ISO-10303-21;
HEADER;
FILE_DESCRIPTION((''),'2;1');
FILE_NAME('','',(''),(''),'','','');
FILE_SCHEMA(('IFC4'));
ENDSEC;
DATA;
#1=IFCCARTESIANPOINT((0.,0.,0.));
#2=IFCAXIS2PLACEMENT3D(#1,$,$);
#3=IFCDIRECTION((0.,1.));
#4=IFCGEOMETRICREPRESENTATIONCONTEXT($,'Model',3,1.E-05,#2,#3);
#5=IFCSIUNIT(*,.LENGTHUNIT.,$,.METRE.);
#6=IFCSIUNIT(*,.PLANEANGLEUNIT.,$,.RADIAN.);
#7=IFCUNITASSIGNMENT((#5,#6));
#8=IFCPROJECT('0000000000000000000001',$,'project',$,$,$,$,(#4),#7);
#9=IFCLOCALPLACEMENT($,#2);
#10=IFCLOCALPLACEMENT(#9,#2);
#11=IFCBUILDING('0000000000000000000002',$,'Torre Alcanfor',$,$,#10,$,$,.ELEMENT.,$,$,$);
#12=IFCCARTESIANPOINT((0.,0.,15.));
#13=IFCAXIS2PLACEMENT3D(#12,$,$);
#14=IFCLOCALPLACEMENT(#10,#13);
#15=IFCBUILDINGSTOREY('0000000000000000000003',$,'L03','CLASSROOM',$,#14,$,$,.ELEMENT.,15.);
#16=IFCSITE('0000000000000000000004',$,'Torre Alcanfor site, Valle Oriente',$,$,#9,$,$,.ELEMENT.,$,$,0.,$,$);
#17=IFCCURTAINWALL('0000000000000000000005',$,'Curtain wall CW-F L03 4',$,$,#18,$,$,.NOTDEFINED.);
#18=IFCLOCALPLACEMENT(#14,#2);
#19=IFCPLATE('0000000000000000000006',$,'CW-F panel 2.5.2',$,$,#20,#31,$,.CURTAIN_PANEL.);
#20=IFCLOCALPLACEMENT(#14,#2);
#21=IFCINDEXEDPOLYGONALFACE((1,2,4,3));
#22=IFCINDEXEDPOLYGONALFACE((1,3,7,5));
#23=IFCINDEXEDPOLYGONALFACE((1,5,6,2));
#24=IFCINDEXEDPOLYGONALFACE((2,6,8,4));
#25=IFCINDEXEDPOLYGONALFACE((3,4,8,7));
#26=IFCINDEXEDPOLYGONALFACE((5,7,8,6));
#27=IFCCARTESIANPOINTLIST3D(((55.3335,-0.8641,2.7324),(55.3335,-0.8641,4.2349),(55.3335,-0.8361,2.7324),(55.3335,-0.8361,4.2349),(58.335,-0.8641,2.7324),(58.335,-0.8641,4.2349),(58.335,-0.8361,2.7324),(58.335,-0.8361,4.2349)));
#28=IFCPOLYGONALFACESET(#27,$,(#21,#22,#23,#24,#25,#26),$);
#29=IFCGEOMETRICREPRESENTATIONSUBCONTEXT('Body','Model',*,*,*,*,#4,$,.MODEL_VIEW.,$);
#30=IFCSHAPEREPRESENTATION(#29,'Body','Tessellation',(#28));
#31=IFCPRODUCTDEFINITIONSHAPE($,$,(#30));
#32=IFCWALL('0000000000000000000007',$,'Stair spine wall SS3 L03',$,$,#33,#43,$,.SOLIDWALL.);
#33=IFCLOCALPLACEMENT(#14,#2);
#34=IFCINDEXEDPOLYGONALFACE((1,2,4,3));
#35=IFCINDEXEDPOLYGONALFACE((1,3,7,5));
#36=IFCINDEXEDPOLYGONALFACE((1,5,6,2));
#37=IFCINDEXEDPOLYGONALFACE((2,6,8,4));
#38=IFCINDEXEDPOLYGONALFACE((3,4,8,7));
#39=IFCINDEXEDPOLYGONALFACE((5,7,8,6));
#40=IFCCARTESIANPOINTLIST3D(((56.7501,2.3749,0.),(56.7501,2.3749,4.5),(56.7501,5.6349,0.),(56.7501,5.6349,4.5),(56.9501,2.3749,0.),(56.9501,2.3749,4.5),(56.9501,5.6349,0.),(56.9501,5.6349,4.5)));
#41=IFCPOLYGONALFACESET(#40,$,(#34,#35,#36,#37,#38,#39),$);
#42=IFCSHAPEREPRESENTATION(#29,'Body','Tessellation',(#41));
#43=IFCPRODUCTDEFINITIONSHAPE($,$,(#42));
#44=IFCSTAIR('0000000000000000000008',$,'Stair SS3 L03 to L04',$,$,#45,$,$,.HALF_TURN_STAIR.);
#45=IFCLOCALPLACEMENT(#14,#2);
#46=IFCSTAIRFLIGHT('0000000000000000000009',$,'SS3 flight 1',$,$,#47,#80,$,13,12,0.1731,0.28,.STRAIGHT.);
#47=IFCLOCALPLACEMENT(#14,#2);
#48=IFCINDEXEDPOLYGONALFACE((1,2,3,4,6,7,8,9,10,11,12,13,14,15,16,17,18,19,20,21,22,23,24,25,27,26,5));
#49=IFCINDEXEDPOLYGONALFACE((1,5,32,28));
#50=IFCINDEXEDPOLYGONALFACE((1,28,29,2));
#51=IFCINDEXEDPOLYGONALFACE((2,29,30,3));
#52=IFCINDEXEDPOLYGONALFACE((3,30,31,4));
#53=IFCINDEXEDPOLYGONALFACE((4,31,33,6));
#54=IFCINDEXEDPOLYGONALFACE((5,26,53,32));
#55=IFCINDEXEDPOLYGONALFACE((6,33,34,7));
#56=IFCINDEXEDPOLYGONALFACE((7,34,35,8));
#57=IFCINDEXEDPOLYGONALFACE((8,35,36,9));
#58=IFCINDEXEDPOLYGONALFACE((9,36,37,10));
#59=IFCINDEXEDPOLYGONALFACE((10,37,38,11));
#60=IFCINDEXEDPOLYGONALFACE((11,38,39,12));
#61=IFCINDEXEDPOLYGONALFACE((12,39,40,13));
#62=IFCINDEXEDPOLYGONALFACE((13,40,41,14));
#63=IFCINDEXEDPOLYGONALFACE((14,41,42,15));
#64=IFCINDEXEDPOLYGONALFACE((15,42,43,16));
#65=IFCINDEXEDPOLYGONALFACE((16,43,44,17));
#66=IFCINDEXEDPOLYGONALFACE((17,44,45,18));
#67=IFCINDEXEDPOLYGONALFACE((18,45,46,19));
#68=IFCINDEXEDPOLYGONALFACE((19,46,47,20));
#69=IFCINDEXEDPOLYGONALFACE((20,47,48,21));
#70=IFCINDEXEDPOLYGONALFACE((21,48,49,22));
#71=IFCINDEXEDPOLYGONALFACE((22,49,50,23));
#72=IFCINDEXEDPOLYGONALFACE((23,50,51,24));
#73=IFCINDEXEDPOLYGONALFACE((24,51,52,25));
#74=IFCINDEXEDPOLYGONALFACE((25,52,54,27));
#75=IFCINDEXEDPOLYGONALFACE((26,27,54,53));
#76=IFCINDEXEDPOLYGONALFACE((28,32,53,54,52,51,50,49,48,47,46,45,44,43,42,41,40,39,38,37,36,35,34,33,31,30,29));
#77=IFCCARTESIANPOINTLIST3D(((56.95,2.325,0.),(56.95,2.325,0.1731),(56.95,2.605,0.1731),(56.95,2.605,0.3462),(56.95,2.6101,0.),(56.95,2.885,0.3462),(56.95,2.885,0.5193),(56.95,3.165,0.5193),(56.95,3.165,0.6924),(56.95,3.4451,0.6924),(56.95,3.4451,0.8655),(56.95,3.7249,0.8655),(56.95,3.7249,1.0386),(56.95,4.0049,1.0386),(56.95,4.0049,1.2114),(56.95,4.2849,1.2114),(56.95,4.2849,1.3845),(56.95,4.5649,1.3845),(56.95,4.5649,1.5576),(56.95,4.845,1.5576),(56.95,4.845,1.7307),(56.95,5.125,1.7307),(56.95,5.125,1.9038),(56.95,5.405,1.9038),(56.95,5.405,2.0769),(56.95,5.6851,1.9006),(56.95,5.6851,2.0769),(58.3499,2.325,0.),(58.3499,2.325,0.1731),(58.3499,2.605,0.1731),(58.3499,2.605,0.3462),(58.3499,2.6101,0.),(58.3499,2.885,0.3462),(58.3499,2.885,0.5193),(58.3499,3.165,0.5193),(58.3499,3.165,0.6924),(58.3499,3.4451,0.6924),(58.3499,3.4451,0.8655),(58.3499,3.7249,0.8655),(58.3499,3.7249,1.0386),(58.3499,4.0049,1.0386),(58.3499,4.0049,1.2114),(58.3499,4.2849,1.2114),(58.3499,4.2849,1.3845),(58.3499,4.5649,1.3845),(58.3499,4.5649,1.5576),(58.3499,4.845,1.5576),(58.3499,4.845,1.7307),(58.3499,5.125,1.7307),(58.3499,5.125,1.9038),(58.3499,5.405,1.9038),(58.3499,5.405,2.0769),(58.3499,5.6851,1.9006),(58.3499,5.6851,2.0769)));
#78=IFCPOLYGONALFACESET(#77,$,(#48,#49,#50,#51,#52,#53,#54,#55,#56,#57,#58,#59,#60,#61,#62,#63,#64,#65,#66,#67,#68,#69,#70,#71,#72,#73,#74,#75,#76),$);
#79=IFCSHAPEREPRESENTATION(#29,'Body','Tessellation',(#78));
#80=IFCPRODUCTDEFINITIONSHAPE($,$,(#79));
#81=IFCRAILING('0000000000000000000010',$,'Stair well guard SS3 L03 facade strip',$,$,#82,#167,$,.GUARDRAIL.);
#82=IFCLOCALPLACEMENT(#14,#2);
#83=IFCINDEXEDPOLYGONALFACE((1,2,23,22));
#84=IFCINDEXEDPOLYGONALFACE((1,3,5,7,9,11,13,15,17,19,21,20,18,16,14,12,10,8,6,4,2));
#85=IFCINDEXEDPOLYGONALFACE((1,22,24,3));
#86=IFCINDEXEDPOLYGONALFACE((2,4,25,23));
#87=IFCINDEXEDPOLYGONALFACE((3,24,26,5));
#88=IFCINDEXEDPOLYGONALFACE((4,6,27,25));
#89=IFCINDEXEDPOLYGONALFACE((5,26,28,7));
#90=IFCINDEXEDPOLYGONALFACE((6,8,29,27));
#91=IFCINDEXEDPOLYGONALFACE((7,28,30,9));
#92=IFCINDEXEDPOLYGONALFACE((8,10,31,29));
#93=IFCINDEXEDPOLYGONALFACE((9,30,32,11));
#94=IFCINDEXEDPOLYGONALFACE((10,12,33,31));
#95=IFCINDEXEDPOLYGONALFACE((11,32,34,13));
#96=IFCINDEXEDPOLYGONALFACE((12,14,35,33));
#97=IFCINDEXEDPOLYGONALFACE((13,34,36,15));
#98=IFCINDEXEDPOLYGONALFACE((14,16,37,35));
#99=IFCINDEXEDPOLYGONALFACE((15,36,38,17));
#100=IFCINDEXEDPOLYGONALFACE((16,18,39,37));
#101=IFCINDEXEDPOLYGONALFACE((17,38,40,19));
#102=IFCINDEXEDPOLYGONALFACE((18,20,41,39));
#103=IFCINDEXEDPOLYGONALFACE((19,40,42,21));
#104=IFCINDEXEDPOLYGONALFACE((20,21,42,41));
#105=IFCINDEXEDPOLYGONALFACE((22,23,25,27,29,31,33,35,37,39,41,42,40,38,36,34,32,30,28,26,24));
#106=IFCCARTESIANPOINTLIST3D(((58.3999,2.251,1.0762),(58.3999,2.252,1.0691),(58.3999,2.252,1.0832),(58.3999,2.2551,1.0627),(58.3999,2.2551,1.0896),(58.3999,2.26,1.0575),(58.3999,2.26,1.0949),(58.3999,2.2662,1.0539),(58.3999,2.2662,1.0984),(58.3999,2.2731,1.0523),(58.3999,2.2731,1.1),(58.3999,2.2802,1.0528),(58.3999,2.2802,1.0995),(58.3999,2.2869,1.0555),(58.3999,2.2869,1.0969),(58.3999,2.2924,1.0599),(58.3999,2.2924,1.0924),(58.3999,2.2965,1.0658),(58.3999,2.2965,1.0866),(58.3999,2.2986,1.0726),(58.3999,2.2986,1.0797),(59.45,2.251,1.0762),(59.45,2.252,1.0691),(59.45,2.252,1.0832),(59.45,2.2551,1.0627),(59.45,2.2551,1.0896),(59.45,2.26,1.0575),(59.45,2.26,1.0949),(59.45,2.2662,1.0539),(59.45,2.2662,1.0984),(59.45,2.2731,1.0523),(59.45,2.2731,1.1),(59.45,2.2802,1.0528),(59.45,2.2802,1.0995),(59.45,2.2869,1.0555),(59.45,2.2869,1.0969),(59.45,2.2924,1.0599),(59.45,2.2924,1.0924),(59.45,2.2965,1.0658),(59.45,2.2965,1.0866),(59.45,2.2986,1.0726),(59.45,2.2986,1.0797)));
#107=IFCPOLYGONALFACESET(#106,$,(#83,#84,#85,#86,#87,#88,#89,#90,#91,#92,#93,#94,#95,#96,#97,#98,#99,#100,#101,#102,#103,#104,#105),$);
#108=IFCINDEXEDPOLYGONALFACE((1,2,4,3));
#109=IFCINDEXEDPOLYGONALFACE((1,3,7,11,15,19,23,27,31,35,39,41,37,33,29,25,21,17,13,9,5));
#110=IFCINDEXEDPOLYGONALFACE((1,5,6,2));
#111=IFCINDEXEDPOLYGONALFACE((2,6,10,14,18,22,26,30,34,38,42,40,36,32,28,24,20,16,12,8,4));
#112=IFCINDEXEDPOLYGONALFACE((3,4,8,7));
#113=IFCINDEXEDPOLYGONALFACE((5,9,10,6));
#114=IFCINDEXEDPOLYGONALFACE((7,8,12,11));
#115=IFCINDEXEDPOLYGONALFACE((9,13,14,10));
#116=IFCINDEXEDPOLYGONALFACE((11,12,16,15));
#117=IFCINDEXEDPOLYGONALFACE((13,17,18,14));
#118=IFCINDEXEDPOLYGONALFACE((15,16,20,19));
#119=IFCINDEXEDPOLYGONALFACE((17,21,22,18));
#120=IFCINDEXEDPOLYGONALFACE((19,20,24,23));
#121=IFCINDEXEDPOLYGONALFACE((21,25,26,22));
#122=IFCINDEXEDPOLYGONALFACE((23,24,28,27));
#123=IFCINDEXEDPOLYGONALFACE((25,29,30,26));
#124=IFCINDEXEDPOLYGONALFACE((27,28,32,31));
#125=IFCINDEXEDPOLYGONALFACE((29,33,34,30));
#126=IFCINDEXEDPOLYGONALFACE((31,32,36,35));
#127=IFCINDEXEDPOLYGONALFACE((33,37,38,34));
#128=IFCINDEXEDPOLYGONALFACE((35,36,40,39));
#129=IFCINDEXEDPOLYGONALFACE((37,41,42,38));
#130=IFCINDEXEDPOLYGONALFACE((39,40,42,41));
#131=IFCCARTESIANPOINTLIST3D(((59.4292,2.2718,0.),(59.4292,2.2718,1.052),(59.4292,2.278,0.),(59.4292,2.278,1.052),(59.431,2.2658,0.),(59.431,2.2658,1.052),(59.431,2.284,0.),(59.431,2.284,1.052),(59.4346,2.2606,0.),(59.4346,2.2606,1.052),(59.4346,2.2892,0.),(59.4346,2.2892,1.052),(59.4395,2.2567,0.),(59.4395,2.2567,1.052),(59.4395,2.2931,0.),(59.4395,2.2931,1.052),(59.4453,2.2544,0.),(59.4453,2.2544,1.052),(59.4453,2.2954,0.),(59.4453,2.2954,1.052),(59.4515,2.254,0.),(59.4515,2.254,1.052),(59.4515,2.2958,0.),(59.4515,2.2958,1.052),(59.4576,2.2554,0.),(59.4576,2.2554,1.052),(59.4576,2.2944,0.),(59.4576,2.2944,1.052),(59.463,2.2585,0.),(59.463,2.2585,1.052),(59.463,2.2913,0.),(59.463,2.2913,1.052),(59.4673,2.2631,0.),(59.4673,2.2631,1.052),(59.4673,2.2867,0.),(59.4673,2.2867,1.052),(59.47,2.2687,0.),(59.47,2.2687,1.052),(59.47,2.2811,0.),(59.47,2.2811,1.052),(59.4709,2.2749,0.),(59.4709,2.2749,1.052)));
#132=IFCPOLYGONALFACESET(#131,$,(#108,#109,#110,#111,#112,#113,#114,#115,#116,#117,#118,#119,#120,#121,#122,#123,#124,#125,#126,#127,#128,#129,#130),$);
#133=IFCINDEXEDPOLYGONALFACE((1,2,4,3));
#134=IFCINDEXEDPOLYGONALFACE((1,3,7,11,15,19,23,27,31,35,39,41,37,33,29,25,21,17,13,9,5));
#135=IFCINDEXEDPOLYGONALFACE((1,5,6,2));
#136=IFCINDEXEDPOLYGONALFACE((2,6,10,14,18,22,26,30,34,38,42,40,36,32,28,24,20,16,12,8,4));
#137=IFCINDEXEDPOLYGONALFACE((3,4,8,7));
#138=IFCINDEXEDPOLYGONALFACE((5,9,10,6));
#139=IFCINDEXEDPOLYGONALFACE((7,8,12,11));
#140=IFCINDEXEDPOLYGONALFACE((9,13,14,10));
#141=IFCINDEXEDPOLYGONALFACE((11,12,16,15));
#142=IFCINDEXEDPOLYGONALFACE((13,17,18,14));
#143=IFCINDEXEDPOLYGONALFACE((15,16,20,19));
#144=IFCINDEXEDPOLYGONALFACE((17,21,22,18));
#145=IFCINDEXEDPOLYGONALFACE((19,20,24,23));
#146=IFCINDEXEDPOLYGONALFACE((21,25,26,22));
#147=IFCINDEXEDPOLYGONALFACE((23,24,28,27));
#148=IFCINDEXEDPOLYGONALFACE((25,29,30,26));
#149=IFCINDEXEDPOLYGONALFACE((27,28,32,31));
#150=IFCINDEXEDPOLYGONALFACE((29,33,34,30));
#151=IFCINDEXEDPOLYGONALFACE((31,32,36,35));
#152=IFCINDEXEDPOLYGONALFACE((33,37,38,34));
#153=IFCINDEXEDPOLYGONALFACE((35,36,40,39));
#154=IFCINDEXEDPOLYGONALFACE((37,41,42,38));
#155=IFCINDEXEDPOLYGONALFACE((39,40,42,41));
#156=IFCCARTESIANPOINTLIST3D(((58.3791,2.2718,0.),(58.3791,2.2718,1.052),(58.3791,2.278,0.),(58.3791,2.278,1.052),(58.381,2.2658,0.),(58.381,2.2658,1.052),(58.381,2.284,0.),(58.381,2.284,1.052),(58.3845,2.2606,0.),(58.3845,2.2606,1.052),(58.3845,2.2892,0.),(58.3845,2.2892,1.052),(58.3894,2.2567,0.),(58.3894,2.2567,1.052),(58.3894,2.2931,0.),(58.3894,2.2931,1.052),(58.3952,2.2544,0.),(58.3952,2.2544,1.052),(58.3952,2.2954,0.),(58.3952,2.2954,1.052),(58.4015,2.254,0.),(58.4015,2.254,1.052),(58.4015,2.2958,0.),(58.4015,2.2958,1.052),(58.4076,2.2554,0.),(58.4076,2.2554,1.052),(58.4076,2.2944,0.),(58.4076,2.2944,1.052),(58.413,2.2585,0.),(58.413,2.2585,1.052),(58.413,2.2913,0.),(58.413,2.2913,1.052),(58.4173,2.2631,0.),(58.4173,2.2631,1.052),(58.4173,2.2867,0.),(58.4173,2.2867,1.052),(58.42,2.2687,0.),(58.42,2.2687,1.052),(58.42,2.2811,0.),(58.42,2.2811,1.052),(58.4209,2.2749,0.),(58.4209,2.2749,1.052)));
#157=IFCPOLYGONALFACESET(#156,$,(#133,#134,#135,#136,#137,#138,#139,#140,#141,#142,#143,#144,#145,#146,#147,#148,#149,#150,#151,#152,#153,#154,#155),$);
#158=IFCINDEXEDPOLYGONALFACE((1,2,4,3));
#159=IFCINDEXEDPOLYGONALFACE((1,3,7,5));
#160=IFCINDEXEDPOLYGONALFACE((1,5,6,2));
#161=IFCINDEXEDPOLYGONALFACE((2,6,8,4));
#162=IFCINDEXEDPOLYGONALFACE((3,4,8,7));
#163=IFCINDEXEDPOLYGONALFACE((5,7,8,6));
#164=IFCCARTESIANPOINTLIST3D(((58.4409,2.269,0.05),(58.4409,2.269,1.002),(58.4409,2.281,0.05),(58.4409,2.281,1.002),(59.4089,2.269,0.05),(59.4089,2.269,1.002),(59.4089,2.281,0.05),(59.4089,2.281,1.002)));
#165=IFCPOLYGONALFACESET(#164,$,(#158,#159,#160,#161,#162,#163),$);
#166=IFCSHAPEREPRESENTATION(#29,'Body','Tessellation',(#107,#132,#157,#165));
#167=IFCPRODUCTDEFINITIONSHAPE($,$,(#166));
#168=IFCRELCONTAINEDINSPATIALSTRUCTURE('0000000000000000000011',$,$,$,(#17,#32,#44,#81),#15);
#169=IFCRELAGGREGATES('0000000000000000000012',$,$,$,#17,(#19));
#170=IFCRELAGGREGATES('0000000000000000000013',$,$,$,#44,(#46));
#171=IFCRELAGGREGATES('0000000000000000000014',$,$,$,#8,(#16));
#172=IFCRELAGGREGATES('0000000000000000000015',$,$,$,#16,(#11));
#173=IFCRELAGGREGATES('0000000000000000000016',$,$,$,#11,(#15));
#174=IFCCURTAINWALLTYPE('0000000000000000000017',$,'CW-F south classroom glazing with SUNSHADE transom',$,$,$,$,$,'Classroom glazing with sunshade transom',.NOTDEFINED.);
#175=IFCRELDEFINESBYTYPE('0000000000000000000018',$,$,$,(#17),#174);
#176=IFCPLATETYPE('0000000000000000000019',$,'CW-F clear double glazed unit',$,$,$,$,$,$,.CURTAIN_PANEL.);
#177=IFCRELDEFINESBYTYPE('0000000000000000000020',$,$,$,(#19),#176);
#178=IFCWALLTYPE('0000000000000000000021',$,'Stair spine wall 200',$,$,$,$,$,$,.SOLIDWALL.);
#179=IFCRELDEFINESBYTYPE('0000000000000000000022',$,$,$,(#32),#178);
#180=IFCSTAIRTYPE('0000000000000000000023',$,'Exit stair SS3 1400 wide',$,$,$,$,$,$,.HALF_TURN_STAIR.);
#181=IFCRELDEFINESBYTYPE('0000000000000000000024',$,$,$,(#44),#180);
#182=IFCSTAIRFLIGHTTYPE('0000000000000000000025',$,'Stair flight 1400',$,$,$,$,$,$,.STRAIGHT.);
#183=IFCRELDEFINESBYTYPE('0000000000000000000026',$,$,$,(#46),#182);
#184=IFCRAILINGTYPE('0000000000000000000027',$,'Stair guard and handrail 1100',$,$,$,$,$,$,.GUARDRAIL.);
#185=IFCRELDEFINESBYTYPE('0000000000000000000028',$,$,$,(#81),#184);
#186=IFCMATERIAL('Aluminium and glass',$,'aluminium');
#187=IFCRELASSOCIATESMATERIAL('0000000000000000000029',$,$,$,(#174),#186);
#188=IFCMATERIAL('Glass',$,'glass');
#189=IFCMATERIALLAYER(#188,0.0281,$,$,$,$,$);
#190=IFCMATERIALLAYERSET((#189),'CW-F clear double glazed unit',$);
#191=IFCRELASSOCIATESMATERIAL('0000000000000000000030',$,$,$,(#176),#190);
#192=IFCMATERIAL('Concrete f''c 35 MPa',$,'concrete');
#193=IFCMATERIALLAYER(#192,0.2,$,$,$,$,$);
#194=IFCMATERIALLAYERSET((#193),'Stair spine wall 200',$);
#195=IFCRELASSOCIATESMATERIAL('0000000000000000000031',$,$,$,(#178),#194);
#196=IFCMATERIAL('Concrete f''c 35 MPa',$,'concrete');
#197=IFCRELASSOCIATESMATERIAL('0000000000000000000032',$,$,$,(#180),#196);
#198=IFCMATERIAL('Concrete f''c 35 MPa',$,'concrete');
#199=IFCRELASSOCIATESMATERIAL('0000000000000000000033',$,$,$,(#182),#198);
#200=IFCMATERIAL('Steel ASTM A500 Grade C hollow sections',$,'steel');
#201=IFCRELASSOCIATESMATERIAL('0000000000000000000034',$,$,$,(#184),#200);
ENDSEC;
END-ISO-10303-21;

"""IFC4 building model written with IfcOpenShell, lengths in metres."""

from ifc_helpers import new_model, si_unit, direction, frame, frame_2d, origin, origin_2d, place, context, subcontext, project, spatial, polyline, rectangle, circle, outline, extrude, material, layer, layer_set, type_object, element, aggregate, save


model = new_model("IFC4")

# Units and contexts
model_context = context("Model", 3, precision=1e-05, world=origin(), true_north=direction((0.0, 1.0)))
body_context = subcontext(model_context, "Body", "Model", "MODEL_VIEW")
ifc_project = project(units=[si_unit("LENGTHUNIT", "METRE"), si_unit("PLANEANGLEUNIT", "RADIAN")], contexts=[model_context])

# Site, building, storey
site_placement = place(None, origin())
site = spatial("IfcSite", under=ifc_project, at=site_placement, Name="Torre Alcanfor site, Valle Oriente", CompositionType="ELEMENT", RefElevation=0.0)
building_placement = place(site_placement, origin())
building = spatial("IfcBuilding", under=site, at=building_placement, Name="Torre Alcanfor", CompositionType="ELEMENT")
storey_placement = place(building_placement, frame((0.0, 0.0, 15.0)))
storey = spatial("IfcBuildingStorey", under=building, at=storey_placement, Name="L03", Description="CLASSROOM", CompositionType="ELEMENT", Elevation=15.0)

# Curtain wall
ifc_material_1 = material(Name="Aluminium and glass", Category="aluminium")
curtain_wall_type_1 = type_object("IfcCurtainWallType", Name="CW-F south classroom glazing with SUNSHADE transom", ElementType="Classroom glazing with sunshade transom", PredefinedType="NOTDEFINED", material=ifc_material_1)
curtain_wall_1_placement = place(storey_placement, origin())
curtain_wall_1 = element("IfcCurtainWall", 1, at=curtain_wall_1_placement, inside=storey, type_object=curtain_wall_type_1, Name="Curtain wall CW-F L03 4", PredefinedType="NOTDEFINED")

# Plate
ifc_material_2 = material(Name="Glass", Category="glass")
ifc_layer_1 = layer(ifc_material_2, 0.0281)
ifc_layer_set_1 = layer_set([ifc_layer_1], Name="CW-F clear double glazed unit")
plate_type_1 = type_object("IfcPlateType", Name="CW-F clear double glazed unit", PredefinedType="CURTAIN_PANEL", material=ifc_layer_set_1)
plate_1_placement = place(storey_placement, frame((56.8342, -0.8501, 2.7324), z_axis=(0.0, 0.0, 1.0), x_axis=(1.0, 0.0, 0.0)))
plate_1 = element("IfcPlate", 2, at=plate_1_placement, type_object=plate_type_1, Name="CW-F panel 2.5.2", PredefinedType="CURTAIN_PANEL", context=body_context, shape_type="SweptSolid", body=[
    extrude(rectangle(XDim=3.0015, YDim=0.0281, at=origin_2d()), origin(), (0.0, 0.0, 1.0), 1.5024),
])
aggregate(curtain_wall_1, [plate_1])

# Wall
ifc_material_3 = material(Name="Concrete f'c 35 MPa", Category="concrete")
ifc_layer_2 = layer(ifc_material_3, 0.2)
ifc_layer_set_2 = layer_set([ifc_layer_2], Name="Stair spine wall 200")
wall_type_1 = type_object("IfcWallType", Name="Stair spine wall 200", PredefinedType="SOLIDWALL", material=ifc_layer_set_2)
wall_1_placement = place(storey_placement, frame((56.8501, 2.375, 0.0), z_axis=(0.0, 0.0, 1.0), x_axis=(0.0, 1.0, 0.0)))
element("IfcWall", 3, at=wall_1_placement, inside=storey, type_object=wall_type_1, Name="Stair spine wall SS3 L03", PredefinedType="SOLIDWALL", context=body_context, shape_type="SweptSolid", body=[
    extrude(rectangle(XDim=3.26, YDim=0.2, at=frame_2d((1.6299, 0.0))), origin(), (0.0, 0.0, 1.0), 4.5),
])

# Stair, stair flight
ifc_material_4 = material(Name="Concrete f'c 35 MPa", Category="concrete")
stair_type = type_object("IfcStairType", Name="Exit stair SS3 1400 wide", PredefinedType="HALF_TURN_STAIR", material=ifc_material_4)
stair_placement = place(storey_placement, origin())
stair = element("IfcStair", 4, at=stair_placement, inside=storey, type_object=stair_type, Name="Stair SS3 L03 to L04", PredefinedType="HALF_TURN_STAIR")
ifc_material_5 = material(Name="Concrete f'c 35 MPa", Category="concrete")
stair_flight_type = type_object("IfcStairFlightType", Name="Stair flight 1400", PredefinedType="STRAIGHT", material=ifc_material_5)
stair_flight_placement = place(storey_placement, frame((57.6499, 2.325, 0.0), z_axis=(0.0, 0.0, 1.0), x_axis=(0.0, 1.0, 0.0)))
stair_flight = element("IfcStairFlight", 5, at=stair_flight_placement, type_object=stair_flight_type, Name="SS3 flight 1", NumberOfRisers=13, NumberOfTreads=12, PredefinedType="STRAIGHT", RiserHeight=0.1731, TreadLength=0.28, context=body_context, shape_type="SweptSolid", body=[
    extrude(outline(polyline([(0.0, 0.0), (0.0, 0.1731), (0.28, 0.1731), (0.28, 0.3462), (0.5601, 0.3462), (0.5601, 0.5193), (0.8401, 0.5193), (0.8401, 0.6924), (1.1201, 0.6924), (1.1201, 0.8655), (1.3999, 0.8655), (1.3999, 1.0386), (1.6799, 1.0386), (1.6799, 1.2114), (1.96, 1.2114), (1.96, 1.3845), (2.24, 1.3845), (2.24, 1.5576), (2.52, 1.5576), (2.52, 1.7307), (2.8, 1.7307), (2.8, 1.9038), (3.0801, 1.9038), (3.0801, 2.0769), (3.3601, 2.0769), (3.3601, 2.25), (3.3601, 1.9006), (0.2852, 0.0), (0.0, 0.0)])), frame((0.0, 0.7, 0.0), z_axis=(0.0, -1.0, 0.0), x_axis=(1.0, 0.0, 0.0)), (0.0, 0.0, 1.0), 1.3999),
])
aggregate(stair, [stair_flight])

# Railing
ifc_material_6 = material(Name="Steel ASTM A500 Grade C hollow sections", Category="steel")
railing_type_1 = type_object("IfcRailingType", Name="Stair guard and handrail 1100", PredefinedType="GUARDRAIL", material=ifc_material_6)
railing_1_placement = place(storey_placement, frame((59.45, 2.2749, 0.0)))
element("IfcRailing", 6, at=railing_1_placement, inside=storey, type_object=railing_type_1, Name="Stair well guard SS3 L03 facade strip", PredefinedType="GUARDRAIL", context=body_context, shape_type="SweptSolid", body=[
    extrude(circle(Radius=0.0239, at=origin_2d()), frame((0.0, 0.0, 1.0762), z_axis=(-1.0, 0.0, 0.0), x_axis=(0.0, -1.0, 0.0)), (0.0, 0.0, 1.0), 1.05),
    extrude(circle(Radius=0.021, at=origin_2d()), origin(), (0.0, 0.0, 1.0), 1.052),
    extrude(circle(Radius=0.021, at=origin_2d()), frame((-1.05, 0.0, 0.0)), (0.0, 0.0, 1.0), 1.052),
    extrude(outline(polyline([(0.041, 0.05), (1.009, 0.05), (1.009, 1.002), (0.041, 1.002), (0.041, 0.05)])), frame((0.0, -0.0059, 0.0), z_axis=(0.0, 1.0, 0.0), x_axis=(-1.0, 0.0, 0.0)), (0.0, 0.0, 1.0), 0.012),
])

save(model, "model.ifc")
